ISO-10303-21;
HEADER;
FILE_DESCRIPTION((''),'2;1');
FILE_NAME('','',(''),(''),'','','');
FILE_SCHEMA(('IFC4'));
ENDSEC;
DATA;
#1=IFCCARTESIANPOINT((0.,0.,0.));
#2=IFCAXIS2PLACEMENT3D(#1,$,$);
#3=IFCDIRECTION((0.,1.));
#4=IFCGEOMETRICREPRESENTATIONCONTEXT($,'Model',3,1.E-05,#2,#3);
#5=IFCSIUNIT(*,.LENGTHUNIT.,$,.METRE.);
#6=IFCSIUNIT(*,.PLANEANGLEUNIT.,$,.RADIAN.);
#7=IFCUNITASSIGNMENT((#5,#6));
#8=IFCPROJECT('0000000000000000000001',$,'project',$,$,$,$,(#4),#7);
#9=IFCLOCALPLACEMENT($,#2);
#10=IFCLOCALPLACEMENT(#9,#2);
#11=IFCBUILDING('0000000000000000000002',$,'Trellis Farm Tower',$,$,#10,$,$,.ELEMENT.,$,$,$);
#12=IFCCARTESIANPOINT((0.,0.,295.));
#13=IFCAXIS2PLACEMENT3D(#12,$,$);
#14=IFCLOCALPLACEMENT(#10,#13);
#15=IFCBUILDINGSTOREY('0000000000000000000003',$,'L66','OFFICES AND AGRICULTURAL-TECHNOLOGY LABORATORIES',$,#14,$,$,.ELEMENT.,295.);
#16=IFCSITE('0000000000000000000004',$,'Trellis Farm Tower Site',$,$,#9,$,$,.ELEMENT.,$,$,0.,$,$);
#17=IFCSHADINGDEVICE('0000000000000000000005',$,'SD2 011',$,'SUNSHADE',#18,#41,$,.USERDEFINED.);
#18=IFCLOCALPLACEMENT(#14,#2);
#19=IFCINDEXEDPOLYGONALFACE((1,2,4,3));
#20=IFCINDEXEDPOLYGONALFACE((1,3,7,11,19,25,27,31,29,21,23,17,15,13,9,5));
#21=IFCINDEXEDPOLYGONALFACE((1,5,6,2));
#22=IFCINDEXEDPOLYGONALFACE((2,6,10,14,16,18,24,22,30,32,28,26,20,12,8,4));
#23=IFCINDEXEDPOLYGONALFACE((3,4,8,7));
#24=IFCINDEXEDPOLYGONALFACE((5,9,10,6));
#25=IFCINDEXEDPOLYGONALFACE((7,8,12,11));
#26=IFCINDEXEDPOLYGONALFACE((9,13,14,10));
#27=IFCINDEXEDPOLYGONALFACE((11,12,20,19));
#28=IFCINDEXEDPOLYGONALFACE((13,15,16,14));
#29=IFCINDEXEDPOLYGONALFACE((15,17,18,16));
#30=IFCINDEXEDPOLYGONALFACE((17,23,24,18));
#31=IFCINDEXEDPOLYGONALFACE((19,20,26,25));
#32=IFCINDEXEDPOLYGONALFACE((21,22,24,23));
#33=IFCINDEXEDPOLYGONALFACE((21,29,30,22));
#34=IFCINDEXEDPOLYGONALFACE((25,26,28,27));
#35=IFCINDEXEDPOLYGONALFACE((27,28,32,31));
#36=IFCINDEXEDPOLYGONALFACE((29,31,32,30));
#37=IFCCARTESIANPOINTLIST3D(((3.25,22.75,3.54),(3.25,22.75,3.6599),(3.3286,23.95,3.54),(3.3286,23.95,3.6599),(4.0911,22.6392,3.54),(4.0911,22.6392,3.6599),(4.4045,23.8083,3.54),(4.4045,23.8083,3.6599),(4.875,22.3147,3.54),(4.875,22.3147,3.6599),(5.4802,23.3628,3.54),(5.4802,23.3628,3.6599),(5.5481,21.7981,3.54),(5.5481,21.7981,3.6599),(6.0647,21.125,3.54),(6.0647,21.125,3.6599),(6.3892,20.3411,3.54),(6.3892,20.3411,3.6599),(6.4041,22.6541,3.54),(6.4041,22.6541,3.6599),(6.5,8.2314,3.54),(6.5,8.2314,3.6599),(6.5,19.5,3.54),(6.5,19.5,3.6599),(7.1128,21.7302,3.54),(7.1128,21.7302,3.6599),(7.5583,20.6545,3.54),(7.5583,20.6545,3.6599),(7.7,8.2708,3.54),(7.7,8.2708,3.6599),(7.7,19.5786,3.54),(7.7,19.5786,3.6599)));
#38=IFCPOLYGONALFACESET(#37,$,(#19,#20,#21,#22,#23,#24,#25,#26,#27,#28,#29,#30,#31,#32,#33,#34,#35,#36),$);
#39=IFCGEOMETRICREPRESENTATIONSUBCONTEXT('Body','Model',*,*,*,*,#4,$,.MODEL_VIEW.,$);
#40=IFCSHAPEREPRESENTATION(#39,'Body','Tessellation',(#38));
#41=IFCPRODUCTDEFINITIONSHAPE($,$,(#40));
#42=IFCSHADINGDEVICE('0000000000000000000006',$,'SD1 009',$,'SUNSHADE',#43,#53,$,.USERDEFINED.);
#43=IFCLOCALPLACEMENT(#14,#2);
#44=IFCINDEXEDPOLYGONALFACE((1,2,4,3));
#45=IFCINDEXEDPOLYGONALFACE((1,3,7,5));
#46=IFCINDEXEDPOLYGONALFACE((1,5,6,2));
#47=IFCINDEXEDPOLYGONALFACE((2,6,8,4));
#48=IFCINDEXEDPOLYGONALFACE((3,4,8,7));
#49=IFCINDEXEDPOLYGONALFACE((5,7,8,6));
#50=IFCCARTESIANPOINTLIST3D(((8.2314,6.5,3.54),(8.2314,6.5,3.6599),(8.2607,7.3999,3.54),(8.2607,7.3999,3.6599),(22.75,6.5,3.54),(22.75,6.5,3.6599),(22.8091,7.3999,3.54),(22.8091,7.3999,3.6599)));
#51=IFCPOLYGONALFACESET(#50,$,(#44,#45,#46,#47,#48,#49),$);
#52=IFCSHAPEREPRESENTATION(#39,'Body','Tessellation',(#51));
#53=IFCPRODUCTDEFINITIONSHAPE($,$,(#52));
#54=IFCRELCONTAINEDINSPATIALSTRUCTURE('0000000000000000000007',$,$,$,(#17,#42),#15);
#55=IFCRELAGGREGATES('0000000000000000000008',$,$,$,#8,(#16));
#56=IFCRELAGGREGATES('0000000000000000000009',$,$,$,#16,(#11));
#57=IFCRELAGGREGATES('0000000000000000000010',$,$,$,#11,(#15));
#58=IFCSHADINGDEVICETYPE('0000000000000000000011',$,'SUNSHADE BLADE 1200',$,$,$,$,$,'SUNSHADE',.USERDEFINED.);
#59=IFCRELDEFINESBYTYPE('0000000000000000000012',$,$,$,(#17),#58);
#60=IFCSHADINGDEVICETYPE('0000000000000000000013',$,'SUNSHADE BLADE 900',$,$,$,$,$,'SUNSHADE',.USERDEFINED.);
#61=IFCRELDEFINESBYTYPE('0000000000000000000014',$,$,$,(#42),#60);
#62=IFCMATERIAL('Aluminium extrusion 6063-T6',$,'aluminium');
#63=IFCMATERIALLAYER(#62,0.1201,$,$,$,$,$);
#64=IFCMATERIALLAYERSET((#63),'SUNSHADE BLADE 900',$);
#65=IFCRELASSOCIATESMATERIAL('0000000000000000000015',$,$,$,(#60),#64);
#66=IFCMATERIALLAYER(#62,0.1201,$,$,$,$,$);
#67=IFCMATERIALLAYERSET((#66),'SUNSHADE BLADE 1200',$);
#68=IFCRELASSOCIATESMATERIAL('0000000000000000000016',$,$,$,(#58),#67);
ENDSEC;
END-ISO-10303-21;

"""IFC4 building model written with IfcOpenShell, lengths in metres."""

from ifc_helpers import new_model, si_unit, direction, frame, origin, place, context, subcontext, project, spatial, polyline, outline, extrude, source, transform, mapped, material, layer, layer_set, type_object, element, save


model = new_model("IFC4")

# Units and contexts
model_context = context("Model", 3, precision=1e-05, world=origin(), true_north=direction((0.0, 1.0)))
body_context = subcontext(model_context, "Body", "Model", "MODEL_VIEW")
ifc_project = project(units=[si_unit("LENGTHUNIT", "METRE"), si_unit("PLANEANGLEUNIT", "RADIAN")], contexts=[model_context])

# Site, building, storey
site_placement = place(None, origin())
site = spatial("IfcSite", under=ifc_project, at=site_placement, Name="Trellis Farm Tower Site", CompositionType="ELEMENT", RefElevation=0.0)
building_placement = place(site_placement, origin())
building = spatial("IfcBuilding", under=site, at=building_placement, Name="Trellis Farm Tower", CompositionType="ELEMENT")
storey_placement = place(building_placement, frame((0.0, 0.0, 295.0)))
storey = spatial("IfcBuildingStorey", under=building, at=storey_placement, Name="L66", Description="OFFICES AND AGRICULTURAL-TECHNOLOGY LABORATORIES", CompositionType="ELEMENT", Elevation=295.0)

# Shared definitions
ifc_material_1 = material(Name="Aluminium extrusion 6063-T6", Category="aluminium")

# Shading devices
ifc_layer_1 = layer(ifc_material_1, 0.1201)
ifc_layer_set_1 = layer_set([ifc_layer_1], Name="SUNSHADE BLADE 900")
shading_device_type_1 = type_object("IfcShadingDeviceType", Name="SUNSHADE BLADE 900", ElementType="SUNSHADE", PredefinedType="USERDEFINED", material=ifc_layer_set_1)
placement_1 = place(storey_placement, frame((0.0, 0.0, 3.54)))
ifc_layer_2 = layer(ifc_material_1, 0.1201)
ifc_layer_set_2 = layer_set([ifc_layer_2], Name="SUNSHADE BLADE 1200")
shading_device_type_2 = type_object("IfcShadingDeviceType", Name="SUNSHADE BLADE 1200", ElementType="SUNSHADE", PredefinedType="USERDEFINED", material=ifc_layer_set_2)
shared_shape_1 = source(origin(), body_context, "Body", "SweptSolid", [
    extrude(outline(polyline([(7.7, 8.2708), (7.7, 19.5786), (7.5583, 20.6545), (7.1128, 21.7302), (6.4041, 22.6541), (5.4802, 23.3628), (4.4045, 23.8083), (3.3286, 23.95), (3.25, 22.75), (4.0911, 22.6392), (4.875, 22.3147), (5.5481, 21.7981), (6.0647, 21.125), (6.3892, 20.3411), (6.5, 19.5), (6.5, 8.2314), (7.7, 8.2708)])), origin(), (0.0, 0.0, 1.0), 0.1199),
])
element("IfcShadingDevice", 1, at=placement_1, inside=storey, type_object=shading_device_type_2, Name="SD2 011", ObjectType="SUNSHADE", PredefinedType="USERDEFINED", context=body_context, shape_type="MappedRepresentation", body=[
    mapped(shared_shape_1, transform((0.0, 0.0, 0.0))),
])
shared_shape_2 = source(origin(), body_context, "Body", "SweptSolid", [
    extrude(outline(polyline([(22.8091, 7.3999), (8.2607, 7.3999), (8.2314, 6.5), (22.75, 6.5), (22.8091, 7.3999)])), origin(), (0.0, 0.0, 1.0), 0.1199),
])
element("IfcShadingDevice", 2, at=placement_1, inside=storey, type_object=shading_device_type_1, Name="SD1 009", ObjectType="SUNSHADE", PredefinedType="USERDEFINED", context=body_context, shape_type="MappedRepresentation", body=[
    mapped(shared_shape_2, transform((0.0, 0.0, 0.0))),
])

save(model, "model.ifc")
